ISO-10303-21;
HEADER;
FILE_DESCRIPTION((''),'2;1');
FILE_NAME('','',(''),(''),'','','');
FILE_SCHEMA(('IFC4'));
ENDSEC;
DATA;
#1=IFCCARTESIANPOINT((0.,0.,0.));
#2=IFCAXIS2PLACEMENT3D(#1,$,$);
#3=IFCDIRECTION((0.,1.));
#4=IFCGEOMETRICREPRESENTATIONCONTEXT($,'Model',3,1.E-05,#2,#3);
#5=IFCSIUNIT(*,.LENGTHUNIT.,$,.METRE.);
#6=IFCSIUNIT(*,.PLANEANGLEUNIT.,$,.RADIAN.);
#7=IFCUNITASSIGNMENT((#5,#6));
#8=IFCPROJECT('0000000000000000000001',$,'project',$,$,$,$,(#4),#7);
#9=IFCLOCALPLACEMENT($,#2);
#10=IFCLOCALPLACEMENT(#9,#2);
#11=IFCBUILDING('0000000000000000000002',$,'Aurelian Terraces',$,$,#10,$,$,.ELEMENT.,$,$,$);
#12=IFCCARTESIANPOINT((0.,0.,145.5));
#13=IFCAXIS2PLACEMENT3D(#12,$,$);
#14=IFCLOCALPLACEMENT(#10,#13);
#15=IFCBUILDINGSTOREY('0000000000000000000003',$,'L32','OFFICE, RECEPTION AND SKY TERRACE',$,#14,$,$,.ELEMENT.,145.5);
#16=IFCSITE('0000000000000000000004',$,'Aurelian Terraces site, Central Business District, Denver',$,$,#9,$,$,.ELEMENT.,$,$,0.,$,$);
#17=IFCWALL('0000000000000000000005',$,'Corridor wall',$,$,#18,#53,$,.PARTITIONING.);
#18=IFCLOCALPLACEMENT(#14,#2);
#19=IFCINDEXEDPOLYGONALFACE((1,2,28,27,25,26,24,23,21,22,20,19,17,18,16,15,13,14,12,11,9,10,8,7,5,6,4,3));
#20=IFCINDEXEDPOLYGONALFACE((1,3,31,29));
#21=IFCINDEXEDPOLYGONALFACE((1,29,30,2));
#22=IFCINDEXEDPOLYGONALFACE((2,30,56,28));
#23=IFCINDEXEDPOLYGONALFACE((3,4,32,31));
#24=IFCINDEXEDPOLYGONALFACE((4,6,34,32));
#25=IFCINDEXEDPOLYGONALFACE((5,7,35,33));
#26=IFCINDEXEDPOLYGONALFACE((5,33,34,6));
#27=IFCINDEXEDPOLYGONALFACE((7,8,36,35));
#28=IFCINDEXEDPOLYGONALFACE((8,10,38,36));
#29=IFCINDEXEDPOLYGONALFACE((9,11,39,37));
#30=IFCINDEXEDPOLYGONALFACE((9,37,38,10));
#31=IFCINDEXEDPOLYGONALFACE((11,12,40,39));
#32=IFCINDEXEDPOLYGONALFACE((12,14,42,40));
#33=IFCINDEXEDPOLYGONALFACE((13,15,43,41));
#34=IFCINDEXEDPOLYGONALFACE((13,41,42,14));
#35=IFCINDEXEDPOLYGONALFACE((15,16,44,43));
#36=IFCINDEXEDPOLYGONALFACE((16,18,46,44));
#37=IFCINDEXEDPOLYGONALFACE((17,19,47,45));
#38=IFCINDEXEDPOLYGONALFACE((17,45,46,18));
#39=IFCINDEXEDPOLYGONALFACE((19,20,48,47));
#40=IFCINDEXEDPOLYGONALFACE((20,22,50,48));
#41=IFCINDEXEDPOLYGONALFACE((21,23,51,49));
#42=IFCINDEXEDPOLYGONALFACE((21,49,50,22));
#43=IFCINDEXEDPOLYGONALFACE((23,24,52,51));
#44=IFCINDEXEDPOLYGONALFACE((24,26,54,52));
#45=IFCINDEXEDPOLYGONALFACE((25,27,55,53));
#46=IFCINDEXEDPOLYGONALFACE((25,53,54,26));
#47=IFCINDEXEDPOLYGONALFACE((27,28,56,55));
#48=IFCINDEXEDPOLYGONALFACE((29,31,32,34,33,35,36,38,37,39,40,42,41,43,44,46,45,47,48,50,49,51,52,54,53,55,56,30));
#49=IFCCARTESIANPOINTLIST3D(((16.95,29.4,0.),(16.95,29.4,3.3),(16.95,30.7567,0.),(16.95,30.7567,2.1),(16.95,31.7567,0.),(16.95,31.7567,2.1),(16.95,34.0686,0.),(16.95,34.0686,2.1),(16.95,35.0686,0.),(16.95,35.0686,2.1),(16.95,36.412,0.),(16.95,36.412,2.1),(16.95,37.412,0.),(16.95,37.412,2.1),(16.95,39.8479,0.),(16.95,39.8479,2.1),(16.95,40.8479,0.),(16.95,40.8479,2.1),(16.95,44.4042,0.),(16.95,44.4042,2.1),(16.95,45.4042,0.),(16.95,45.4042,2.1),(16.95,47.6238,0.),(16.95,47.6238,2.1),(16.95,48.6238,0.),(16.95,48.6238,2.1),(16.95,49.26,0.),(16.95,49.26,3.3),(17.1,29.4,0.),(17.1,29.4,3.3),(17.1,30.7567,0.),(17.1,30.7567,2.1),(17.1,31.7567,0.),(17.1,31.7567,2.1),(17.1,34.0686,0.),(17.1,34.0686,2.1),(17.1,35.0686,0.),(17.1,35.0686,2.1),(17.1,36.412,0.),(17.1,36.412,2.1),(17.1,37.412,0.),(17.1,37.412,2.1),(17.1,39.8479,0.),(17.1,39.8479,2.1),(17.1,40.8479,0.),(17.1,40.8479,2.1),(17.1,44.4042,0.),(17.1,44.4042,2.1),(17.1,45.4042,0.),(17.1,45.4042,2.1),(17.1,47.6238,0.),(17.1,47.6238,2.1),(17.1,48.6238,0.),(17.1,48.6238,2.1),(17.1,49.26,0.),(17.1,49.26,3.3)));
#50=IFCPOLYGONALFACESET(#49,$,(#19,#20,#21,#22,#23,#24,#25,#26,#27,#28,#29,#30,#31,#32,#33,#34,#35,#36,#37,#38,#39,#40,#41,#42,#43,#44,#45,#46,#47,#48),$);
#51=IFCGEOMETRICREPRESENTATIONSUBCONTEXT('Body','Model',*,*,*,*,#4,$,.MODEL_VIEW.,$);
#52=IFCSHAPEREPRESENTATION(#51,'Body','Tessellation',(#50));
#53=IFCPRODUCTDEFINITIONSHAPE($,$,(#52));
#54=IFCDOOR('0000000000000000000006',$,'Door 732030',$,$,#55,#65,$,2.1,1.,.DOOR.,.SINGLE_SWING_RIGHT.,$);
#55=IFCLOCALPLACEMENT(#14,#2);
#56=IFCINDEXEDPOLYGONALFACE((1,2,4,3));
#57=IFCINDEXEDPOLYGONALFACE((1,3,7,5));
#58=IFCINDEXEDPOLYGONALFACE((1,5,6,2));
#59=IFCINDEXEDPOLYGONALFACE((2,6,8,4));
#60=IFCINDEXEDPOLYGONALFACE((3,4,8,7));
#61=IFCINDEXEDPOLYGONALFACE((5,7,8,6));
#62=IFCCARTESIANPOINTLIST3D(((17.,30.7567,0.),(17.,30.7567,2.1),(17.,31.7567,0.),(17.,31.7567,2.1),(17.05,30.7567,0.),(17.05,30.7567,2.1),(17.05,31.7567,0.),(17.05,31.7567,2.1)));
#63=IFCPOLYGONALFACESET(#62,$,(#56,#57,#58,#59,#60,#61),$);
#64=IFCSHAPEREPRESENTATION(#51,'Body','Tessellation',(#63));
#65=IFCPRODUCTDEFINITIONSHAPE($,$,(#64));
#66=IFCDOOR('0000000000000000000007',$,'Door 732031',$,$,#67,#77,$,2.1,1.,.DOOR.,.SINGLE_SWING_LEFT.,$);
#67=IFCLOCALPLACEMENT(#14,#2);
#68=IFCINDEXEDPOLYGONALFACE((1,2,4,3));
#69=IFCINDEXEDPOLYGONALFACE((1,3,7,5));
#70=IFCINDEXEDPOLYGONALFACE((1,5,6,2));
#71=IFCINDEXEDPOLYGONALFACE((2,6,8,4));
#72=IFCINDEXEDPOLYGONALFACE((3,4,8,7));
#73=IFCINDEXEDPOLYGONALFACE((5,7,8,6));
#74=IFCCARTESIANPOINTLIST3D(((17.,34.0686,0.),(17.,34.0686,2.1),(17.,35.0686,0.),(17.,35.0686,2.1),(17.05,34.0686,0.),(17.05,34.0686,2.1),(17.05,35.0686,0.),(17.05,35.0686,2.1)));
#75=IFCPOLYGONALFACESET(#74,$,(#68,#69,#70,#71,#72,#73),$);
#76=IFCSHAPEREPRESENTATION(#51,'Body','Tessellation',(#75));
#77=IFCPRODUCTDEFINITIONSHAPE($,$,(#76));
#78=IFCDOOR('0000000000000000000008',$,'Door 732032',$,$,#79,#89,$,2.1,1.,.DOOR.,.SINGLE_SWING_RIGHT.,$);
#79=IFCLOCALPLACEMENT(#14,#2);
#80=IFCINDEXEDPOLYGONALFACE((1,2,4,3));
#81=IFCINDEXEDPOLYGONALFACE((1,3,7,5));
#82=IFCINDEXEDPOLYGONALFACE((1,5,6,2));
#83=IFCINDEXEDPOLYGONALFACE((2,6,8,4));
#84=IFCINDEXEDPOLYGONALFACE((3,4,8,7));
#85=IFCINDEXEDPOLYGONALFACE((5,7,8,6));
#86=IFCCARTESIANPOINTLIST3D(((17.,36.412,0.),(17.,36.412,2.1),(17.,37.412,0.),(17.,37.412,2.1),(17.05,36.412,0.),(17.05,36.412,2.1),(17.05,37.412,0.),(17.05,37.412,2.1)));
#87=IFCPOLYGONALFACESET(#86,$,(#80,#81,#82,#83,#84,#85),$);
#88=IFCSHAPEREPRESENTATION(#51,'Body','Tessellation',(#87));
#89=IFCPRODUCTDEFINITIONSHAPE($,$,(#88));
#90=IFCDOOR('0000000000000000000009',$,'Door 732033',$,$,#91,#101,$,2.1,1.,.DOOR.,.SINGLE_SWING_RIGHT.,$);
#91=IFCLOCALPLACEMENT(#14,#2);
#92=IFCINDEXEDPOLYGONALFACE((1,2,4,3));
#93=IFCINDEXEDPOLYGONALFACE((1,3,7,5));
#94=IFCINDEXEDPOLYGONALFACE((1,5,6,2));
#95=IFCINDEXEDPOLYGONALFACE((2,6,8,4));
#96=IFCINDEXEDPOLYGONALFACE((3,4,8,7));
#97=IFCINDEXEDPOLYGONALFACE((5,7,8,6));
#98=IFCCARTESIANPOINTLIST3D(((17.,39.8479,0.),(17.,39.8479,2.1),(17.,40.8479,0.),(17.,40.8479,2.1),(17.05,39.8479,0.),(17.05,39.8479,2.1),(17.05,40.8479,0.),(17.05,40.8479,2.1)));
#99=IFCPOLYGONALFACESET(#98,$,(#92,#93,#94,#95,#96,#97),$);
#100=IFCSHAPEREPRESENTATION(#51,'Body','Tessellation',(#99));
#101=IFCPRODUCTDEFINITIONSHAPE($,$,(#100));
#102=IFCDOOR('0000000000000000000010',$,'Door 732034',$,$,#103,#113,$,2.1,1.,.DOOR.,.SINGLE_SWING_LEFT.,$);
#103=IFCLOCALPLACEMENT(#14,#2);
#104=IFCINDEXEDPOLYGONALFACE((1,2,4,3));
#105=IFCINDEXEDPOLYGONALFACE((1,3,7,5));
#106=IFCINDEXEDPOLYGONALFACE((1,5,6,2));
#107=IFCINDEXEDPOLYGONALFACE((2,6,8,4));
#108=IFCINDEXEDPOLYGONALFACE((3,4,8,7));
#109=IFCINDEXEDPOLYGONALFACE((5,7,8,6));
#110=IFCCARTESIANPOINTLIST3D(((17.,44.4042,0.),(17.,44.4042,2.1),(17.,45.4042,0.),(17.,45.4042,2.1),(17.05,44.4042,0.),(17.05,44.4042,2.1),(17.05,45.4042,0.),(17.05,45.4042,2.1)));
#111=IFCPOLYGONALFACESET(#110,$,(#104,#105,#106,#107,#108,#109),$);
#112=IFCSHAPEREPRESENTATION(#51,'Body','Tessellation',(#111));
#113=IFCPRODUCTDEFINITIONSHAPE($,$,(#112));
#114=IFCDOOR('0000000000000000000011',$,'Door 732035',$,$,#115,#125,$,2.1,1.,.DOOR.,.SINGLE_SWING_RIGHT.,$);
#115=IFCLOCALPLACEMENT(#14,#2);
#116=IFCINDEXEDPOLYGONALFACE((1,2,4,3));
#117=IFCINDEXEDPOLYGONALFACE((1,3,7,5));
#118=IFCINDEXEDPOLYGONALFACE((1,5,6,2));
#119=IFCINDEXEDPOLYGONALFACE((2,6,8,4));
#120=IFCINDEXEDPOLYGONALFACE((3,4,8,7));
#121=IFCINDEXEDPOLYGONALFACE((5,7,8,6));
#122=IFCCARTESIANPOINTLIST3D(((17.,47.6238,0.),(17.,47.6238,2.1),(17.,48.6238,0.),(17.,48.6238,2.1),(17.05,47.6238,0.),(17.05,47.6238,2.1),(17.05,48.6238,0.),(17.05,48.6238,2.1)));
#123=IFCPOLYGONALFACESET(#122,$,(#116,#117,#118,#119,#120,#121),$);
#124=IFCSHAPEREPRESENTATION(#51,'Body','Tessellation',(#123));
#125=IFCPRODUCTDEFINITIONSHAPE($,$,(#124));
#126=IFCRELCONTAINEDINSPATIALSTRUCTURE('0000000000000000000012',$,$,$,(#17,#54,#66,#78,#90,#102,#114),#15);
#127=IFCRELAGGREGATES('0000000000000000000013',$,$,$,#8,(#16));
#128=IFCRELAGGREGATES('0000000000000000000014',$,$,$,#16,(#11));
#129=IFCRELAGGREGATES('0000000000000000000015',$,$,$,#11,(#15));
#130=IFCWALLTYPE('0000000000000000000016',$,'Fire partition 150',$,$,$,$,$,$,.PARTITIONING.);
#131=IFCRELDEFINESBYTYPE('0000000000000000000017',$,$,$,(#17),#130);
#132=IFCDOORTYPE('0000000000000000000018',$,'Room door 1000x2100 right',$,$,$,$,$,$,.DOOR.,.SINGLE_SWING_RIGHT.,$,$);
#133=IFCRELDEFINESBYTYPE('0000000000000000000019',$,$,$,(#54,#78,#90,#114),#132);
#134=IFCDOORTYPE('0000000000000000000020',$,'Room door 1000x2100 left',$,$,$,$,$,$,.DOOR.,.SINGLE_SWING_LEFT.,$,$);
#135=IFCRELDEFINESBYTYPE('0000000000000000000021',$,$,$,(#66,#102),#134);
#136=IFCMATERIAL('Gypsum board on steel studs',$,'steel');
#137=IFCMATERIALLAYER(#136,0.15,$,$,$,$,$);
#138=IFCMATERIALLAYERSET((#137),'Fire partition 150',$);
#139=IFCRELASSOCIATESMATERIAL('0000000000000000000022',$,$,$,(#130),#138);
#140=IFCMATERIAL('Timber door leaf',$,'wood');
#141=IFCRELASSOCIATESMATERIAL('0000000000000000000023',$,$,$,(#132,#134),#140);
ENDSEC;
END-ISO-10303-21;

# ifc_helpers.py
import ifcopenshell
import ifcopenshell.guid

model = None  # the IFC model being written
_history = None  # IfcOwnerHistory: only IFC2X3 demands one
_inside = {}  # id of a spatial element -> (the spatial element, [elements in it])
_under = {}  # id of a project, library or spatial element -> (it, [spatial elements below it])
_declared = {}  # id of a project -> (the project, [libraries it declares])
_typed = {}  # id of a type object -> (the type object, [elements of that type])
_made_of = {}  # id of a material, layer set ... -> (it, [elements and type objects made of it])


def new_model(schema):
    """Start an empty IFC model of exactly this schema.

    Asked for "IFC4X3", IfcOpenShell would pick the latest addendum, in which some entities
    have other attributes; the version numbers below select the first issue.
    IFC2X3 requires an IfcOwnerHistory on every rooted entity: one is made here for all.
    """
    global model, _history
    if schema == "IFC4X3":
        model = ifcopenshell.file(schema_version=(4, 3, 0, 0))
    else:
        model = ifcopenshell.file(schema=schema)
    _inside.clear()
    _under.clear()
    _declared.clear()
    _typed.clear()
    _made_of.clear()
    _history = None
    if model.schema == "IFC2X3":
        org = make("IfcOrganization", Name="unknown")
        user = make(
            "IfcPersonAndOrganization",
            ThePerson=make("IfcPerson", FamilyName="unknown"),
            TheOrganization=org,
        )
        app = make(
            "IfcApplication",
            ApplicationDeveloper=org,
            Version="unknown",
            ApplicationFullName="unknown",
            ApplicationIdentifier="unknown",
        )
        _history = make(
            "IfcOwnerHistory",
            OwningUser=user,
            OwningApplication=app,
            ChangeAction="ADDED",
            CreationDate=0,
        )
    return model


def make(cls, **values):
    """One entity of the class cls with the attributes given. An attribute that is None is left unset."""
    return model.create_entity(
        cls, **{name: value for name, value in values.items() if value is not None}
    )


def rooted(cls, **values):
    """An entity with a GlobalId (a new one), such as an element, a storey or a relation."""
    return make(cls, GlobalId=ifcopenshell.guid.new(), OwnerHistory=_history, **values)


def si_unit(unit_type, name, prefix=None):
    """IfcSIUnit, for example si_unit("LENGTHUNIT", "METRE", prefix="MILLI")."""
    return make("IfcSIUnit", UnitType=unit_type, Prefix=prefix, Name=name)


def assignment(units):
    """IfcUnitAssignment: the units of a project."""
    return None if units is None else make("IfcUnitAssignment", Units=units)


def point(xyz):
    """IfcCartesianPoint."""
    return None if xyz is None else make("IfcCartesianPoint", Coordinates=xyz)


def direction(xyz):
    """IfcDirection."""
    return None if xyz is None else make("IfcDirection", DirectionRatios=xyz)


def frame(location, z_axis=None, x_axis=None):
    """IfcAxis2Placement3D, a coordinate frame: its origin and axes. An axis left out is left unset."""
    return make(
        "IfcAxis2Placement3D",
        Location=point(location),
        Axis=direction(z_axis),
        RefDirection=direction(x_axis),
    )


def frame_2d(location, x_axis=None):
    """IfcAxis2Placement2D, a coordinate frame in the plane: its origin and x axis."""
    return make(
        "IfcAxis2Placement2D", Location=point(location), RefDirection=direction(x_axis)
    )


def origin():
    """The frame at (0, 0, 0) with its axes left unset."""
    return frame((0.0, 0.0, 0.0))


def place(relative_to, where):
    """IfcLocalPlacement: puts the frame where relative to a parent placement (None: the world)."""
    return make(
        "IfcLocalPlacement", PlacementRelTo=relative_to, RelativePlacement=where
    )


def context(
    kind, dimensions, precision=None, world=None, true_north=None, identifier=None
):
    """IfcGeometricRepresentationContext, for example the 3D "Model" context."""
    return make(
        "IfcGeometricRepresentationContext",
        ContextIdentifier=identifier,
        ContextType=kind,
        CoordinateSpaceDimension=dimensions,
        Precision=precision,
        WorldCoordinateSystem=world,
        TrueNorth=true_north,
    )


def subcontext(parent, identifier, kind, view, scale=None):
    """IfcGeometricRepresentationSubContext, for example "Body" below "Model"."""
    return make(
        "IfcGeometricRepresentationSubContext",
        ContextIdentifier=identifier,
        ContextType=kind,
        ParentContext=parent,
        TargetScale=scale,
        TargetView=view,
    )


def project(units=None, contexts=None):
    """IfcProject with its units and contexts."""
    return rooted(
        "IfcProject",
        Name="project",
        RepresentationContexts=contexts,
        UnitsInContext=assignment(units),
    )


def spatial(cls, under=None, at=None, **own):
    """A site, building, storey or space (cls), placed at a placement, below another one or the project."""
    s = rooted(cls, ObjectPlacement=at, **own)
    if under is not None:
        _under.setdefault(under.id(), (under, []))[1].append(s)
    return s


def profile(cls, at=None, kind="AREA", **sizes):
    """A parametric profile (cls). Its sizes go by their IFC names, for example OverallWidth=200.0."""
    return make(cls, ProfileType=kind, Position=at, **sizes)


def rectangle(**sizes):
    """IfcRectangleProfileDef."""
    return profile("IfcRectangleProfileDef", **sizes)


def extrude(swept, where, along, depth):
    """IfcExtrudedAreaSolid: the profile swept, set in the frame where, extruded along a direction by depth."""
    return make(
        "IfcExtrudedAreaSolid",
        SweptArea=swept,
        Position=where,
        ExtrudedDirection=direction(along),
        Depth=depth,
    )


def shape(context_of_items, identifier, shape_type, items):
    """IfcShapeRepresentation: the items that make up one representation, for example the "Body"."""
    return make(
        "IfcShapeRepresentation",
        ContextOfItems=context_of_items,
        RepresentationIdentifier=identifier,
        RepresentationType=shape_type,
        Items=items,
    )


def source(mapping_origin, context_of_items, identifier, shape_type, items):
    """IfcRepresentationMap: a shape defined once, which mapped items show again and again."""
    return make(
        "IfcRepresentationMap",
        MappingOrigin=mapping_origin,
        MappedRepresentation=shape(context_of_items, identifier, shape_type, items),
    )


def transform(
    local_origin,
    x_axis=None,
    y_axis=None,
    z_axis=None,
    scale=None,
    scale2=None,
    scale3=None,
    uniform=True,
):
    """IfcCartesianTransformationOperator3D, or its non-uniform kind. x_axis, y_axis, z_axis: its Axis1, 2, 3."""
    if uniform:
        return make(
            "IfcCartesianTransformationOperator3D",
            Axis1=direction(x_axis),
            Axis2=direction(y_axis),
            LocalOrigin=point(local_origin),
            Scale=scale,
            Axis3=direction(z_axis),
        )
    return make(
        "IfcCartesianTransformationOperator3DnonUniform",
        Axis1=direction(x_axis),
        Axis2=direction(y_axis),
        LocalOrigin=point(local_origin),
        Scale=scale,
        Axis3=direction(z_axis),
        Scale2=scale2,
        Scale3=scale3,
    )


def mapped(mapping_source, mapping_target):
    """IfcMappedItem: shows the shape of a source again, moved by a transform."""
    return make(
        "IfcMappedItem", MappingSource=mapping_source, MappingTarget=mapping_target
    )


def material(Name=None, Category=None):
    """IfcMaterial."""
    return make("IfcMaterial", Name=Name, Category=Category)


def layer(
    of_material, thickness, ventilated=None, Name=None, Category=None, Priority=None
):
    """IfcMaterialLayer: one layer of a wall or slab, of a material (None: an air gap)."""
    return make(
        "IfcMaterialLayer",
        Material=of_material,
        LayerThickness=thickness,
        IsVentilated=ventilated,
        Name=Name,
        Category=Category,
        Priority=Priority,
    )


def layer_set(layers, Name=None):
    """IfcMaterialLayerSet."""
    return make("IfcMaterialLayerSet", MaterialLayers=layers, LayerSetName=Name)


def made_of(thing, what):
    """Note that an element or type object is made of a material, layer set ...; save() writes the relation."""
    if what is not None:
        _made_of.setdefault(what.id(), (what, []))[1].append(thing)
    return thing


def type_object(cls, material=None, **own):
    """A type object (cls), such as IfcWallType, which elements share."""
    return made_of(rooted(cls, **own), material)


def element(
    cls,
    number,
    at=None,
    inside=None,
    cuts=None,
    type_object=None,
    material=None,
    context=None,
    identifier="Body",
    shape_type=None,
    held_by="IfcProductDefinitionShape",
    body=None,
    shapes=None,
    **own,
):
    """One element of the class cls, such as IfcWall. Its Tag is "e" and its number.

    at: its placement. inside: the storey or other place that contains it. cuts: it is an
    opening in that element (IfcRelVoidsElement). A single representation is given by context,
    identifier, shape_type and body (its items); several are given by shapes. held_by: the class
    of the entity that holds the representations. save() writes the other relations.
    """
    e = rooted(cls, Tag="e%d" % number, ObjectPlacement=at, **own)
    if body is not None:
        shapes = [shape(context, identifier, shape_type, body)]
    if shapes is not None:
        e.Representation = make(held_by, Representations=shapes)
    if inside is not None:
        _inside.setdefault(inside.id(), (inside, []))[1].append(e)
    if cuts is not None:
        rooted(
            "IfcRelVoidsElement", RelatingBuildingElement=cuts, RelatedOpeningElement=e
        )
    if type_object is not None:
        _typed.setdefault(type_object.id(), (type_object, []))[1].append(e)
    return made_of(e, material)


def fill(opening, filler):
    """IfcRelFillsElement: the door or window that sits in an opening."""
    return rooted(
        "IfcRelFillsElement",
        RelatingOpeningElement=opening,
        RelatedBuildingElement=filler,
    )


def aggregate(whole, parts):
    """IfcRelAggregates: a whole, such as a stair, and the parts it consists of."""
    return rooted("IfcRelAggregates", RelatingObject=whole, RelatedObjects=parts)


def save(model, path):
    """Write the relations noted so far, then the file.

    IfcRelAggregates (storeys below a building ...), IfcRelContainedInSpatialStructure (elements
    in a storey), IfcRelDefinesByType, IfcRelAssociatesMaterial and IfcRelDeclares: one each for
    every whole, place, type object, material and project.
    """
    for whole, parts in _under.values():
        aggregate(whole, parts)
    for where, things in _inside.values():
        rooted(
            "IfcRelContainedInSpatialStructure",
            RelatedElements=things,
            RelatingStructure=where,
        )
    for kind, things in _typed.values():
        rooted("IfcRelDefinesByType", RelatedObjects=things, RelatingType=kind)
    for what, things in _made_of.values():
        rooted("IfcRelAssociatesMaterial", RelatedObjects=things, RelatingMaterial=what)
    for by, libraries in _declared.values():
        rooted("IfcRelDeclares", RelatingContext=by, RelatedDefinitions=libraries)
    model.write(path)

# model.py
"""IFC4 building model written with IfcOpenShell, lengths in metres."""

from ifc_helpers import new_model, si_unit, direction, frame, frame_2d, origin, place, context, subcontext, project, spatial, rectangle, extrude, source, transform, mapped, material, layer, layer_set, type_object, element, fill, save


model = new_model("IFC4")

# Units and contexts
model_context = context("Model", 3, precision=1e-05, world=origin(), true_north=direction((0.0, 1.0)))
body_context = subcontext(model_context, "Body", "Model", "MODEL_VIEW")
ifc_project = project(units=[si_unit("LENGTHUNIT", "METRE"), si_unit("PLANEANGLEUNIT", "RADIAN")], contexts=[model_context])

# Site, building, storey
site_placement = place(None, origin())
site = spatial("IfcSite", under=ifc_project, at=site_placement, Name="Aurelian Terraces site, Central Business District, Denver", CompositionType="ELEMENT", RefElevation=0.0)
building_placement = place(site_placement, origin())
building = spatial("IfcBuilding", under=site, at=building_placement, Name="Aurelian Terraces", CompositionType="ELEMENT")
storey_placement = place(building_placement, frame((0.0, 0.0, 145.5)))
storey = spatial("IfcBuildingStorey", under=building, at=storey_placement, Name="L32", Description="OFFICE, RECEPTION AND SKY TERRACE", CompositionType="ELEMENT", Elevation=145.5)

# Shared definitions
ifc_material_1 = material(Name="Gypsum board on steel studs", Category="steel")

# Wall, openings, doors
ifc_layer_1 = layer(ifc_material_1, 0.15)
ifc_layer_set_1 = layer_set([ifc_layer_1], Name="Fire partition 150")
wall_type_1 = type_object("IfcWallType", Name="Fire partition 150", PredefinedType="PARTITIONING", material=ifc_layer_set_1)
shared_shape_1 = source(origin(), body_context, "Body", "SweptSolid", [
    extrude(rectangle(XDim=19.86, YDim=0.15, at=frame_2d((9.93, 0.0))), origin(), (0.0, 0.0, 1.0), 3.3),
])
wall_1_placement = place(storey_placement, frame((17.025, 49.26, 0.0), z_axis=(0.0, 0.0, 1.0), x_axis=(0.0, -1.0, 0.0)))
wall_1 = element("IfcWall", 1, at=wall_1_placement, inside=storey, type_object=wall_type_1, Name="Corridor wall", PredefinedType="PARTITIONING", context=body_context, shape_type="MappedRepresentation", body=[
    mapped(shared_shape_1, transform((0.0, 0.0, 0.0), scale=1.0)),
])
shared_shape_2 = source(origin(), body_context, "Body", "SweptSolid", [
    extrude(rectangle(XDim=1.0, YDim=2.1, at=frame_2d((0.5, 1.05))), frame((0.0, 0.085, 0.0), z_axis=(0.0, -1.0, 0.0), x_axis=(1.0, 0.0, 0.0)), (0.0, 0.0, 1.0), 0.17),
])
opening_1_placement = place(wall_1_placement, frame((17.5033, 0.0, 0.0)))
opening_1 = element("IfcOpeningElement", 2, at=opening_1_placement, cuts=wall_1, PredefinedType="OPENING", context=body_context, shape_type="MappedRepresentation", body=[
    mapped(shared_shape_2, transform((0.0, 0.0, 0.0), scale=1.0)),
])
opening_2_placement = place(wall_1_placement, frame((14.1914, 0.0, 0.0)))
opening_2 = element("IfcOpeningElement", 3, at=opening_2_placement, cuts=wall_1, PredefinedType="OPENING", context=body_context, shape_type="MappedRepresentation", body=[
    mapped(shared_shape_2, transform((0.0, 0.0, 0.0), scale=1.0)),
])
opening_3_placement = place(wall_1_placement, frame((11.848, 0.0, 0.0)))
opening_3 = element("IfcOpeningElement", 4, at=opening_3_placement, cuts=wall_1, PredefinedType="OPENING", context=body_context, shape_type="MappedRepresentation", body=[
    mapped(shared_shape_2, transform((0.0, 0.0, 0.0), scale=1.0)),
])
opening_4_placement = place(wall_1_placement, frame((8.4121, 0.0, 0.0)))
opening_4 = element("IfcOpeningElement", 5, at=opening_4_placement, cuts=wall_1, PredefinedType="OPENING", context=body_context, shape_type="MappedRepresentation", body=[
    mapped(shared_shape_2, transform((0.0, 0.0, 0.0), scale=1.0)),
])
opening_5_placement = place(wall_1_placement, frame((3.8558, 0.0, 0.0)))
opening_5 = element("IfcOpeningElement", 6, at=opening_5_placement, cuts=wall_1, PredefinedType="OPENING", context=body_context, shape_type="MappedRepresentation", body=[
    mapped(shared_shape_2, transform((0.0, 0.0, 0.0), scale=1.0)),
])
opening_6_placement = place(wall_1_placement, frame((0.6362, 0.0, 0.0)))
opening_6 = element("IfcOpeningElement", 7, at=opening_6_placement, cuts=wall_1, PredefinedType="OPENING", context=body_context, shape_type="MappedRepresentation", body=[
    mapped(shared_shape_2, transform((0.0, 0.0, 0.0), scale=1.0)),
])
ifc_material_2 = material(Name="Timber door leaf", Category="wood")
door_type_1 = type_object("IfcDoorType", Name="Room door 1000x2100 right", OperationType="SINGLE_SWING_RIGHT", PredefinedType="DOOR", material=ifc_material_2)
shared_shape_3 = source(origin(), body_context, "Body", "SweptSolid", [
    extrude(rectangle(XDim=1.0, YDim=2.1, at=frame_2d((0.5, 1.05))), frame((0.0, 0.025, 0.0), z_axis=(0.0, -1.0, 0.0), x_axis=(1.0, 0.0, 0.0)), (0.0, 0.0, 1.0), 0.05),
])
door_1_placement = place(opening_1_placement, origin())
door_1 = element("IfcDoor", 8, at=door_1_placement, inside=storey, type_object=door_type_1, Name="Door 732030", OperationType="SINGLE_SWING_RIGHT", OverallHeight=2.1, OverallWidth=1.0, PredefinedType="DOOR", context=body_context, shape_type="MappedRepresentation", body=[
    mapped(shared_shape_3, transform((0.0, 0.0, 0.0), scale=1.0)),
])
fill(opening_1, door_1)
door_type_2 = type_object("IfcDoorType", Name="Room door 1000x2100 left", OperationType="SINGLE_SWING_LEFT", PredefinedType="DOOR", material=ifc_material_2)
door_2_placement = place(opening_2_placement, origin())
door_2 = element("IfcDoor", 9, at=door_2_placement, inside=storey, type_object=door_type_2, Name="Door 732031", OperationType="SINGLE_SWING_LEFT", OverallHeight=2.1, OverallWidth=1.0, PredefinedType="DOOR", context=body_context, shape_type="MappedRepresentation", body=[
    mapped(shared_shape_3, transform((0.0, 0.0, 0.0), scale=1.0)),
])
fill(opening_2, door_2)
door_3_placement = place(opening_3_placement, origin())
door_3 = element("IfcDoor", 10, at=door_3_placement, inside=storey, type_object=door_type_1, Name="Door 732032", OperationType="SINGLE_SWING_RIGHT", OverallHeight=2.1, OverallWidth=1.0, PredefinedType="DOOR", context=body_context, shape_type="MappedRepresentation", body=[
    mapped(shared_shape_3, transform((0.0, 0.0, 0.0), scale=1.0)),
])
fill(opening_3, door_3)
door_4_placement = place(opening_4_placement, origin())
door_4 = element("IfcDoor", 11, at=door_4_placement, inside=storey, type_object=door_type_1, Name="Door 732033", OperationType="SINGLE_SWING_RIGHT", OverallHeight=2.1, OverallWidth=1.0, PredefinedType="DOOR", context=body_context, shape_type="MappedRepresentation", body=[
    mapped(shared_shape_3, transform((0.0, 0.0, 0.0), scale=1.0)),
])
fill(opening_4, door_4)
door_5_placement = place(opening_5_placement, origin())
door_5 = element("IfcDoor", 12, at=door_5_placement, inside=storey, type_object=door_type_2, Name="Door 732034", OperationType="SINGLE_SWING_LEFT", OverallHeight=2.1, OverallWidth=1.0, PredefinedType="DOOR", context=body_context, shape_type="MappedRepresentation", body=[
    mapped(shared_shape_3, transform((0.0, 0.0, 0.0), scale=1.0)),
])
fill(opening_5, door_5)
door_6_placement = place(opening_6_placement, origin())
door_6 = element("IfcDoor", 13, at=door_6_placement, inside=storey, type_object=door_type_1, Name="Door 732035", OperationType="SINGLE_SWING_RIGHT", OverallHeight=2.1, OverallWidth=1.0, PredefinedType="DOOR", context=body_context, shape_type="MappedRepresentation", body=[
    mapped(shared_shape_3, transform((0.0, 0.0, 0.0), scale=1.0)),
])
fill(opening_6, door_6)

save(model, "model.ifc")
